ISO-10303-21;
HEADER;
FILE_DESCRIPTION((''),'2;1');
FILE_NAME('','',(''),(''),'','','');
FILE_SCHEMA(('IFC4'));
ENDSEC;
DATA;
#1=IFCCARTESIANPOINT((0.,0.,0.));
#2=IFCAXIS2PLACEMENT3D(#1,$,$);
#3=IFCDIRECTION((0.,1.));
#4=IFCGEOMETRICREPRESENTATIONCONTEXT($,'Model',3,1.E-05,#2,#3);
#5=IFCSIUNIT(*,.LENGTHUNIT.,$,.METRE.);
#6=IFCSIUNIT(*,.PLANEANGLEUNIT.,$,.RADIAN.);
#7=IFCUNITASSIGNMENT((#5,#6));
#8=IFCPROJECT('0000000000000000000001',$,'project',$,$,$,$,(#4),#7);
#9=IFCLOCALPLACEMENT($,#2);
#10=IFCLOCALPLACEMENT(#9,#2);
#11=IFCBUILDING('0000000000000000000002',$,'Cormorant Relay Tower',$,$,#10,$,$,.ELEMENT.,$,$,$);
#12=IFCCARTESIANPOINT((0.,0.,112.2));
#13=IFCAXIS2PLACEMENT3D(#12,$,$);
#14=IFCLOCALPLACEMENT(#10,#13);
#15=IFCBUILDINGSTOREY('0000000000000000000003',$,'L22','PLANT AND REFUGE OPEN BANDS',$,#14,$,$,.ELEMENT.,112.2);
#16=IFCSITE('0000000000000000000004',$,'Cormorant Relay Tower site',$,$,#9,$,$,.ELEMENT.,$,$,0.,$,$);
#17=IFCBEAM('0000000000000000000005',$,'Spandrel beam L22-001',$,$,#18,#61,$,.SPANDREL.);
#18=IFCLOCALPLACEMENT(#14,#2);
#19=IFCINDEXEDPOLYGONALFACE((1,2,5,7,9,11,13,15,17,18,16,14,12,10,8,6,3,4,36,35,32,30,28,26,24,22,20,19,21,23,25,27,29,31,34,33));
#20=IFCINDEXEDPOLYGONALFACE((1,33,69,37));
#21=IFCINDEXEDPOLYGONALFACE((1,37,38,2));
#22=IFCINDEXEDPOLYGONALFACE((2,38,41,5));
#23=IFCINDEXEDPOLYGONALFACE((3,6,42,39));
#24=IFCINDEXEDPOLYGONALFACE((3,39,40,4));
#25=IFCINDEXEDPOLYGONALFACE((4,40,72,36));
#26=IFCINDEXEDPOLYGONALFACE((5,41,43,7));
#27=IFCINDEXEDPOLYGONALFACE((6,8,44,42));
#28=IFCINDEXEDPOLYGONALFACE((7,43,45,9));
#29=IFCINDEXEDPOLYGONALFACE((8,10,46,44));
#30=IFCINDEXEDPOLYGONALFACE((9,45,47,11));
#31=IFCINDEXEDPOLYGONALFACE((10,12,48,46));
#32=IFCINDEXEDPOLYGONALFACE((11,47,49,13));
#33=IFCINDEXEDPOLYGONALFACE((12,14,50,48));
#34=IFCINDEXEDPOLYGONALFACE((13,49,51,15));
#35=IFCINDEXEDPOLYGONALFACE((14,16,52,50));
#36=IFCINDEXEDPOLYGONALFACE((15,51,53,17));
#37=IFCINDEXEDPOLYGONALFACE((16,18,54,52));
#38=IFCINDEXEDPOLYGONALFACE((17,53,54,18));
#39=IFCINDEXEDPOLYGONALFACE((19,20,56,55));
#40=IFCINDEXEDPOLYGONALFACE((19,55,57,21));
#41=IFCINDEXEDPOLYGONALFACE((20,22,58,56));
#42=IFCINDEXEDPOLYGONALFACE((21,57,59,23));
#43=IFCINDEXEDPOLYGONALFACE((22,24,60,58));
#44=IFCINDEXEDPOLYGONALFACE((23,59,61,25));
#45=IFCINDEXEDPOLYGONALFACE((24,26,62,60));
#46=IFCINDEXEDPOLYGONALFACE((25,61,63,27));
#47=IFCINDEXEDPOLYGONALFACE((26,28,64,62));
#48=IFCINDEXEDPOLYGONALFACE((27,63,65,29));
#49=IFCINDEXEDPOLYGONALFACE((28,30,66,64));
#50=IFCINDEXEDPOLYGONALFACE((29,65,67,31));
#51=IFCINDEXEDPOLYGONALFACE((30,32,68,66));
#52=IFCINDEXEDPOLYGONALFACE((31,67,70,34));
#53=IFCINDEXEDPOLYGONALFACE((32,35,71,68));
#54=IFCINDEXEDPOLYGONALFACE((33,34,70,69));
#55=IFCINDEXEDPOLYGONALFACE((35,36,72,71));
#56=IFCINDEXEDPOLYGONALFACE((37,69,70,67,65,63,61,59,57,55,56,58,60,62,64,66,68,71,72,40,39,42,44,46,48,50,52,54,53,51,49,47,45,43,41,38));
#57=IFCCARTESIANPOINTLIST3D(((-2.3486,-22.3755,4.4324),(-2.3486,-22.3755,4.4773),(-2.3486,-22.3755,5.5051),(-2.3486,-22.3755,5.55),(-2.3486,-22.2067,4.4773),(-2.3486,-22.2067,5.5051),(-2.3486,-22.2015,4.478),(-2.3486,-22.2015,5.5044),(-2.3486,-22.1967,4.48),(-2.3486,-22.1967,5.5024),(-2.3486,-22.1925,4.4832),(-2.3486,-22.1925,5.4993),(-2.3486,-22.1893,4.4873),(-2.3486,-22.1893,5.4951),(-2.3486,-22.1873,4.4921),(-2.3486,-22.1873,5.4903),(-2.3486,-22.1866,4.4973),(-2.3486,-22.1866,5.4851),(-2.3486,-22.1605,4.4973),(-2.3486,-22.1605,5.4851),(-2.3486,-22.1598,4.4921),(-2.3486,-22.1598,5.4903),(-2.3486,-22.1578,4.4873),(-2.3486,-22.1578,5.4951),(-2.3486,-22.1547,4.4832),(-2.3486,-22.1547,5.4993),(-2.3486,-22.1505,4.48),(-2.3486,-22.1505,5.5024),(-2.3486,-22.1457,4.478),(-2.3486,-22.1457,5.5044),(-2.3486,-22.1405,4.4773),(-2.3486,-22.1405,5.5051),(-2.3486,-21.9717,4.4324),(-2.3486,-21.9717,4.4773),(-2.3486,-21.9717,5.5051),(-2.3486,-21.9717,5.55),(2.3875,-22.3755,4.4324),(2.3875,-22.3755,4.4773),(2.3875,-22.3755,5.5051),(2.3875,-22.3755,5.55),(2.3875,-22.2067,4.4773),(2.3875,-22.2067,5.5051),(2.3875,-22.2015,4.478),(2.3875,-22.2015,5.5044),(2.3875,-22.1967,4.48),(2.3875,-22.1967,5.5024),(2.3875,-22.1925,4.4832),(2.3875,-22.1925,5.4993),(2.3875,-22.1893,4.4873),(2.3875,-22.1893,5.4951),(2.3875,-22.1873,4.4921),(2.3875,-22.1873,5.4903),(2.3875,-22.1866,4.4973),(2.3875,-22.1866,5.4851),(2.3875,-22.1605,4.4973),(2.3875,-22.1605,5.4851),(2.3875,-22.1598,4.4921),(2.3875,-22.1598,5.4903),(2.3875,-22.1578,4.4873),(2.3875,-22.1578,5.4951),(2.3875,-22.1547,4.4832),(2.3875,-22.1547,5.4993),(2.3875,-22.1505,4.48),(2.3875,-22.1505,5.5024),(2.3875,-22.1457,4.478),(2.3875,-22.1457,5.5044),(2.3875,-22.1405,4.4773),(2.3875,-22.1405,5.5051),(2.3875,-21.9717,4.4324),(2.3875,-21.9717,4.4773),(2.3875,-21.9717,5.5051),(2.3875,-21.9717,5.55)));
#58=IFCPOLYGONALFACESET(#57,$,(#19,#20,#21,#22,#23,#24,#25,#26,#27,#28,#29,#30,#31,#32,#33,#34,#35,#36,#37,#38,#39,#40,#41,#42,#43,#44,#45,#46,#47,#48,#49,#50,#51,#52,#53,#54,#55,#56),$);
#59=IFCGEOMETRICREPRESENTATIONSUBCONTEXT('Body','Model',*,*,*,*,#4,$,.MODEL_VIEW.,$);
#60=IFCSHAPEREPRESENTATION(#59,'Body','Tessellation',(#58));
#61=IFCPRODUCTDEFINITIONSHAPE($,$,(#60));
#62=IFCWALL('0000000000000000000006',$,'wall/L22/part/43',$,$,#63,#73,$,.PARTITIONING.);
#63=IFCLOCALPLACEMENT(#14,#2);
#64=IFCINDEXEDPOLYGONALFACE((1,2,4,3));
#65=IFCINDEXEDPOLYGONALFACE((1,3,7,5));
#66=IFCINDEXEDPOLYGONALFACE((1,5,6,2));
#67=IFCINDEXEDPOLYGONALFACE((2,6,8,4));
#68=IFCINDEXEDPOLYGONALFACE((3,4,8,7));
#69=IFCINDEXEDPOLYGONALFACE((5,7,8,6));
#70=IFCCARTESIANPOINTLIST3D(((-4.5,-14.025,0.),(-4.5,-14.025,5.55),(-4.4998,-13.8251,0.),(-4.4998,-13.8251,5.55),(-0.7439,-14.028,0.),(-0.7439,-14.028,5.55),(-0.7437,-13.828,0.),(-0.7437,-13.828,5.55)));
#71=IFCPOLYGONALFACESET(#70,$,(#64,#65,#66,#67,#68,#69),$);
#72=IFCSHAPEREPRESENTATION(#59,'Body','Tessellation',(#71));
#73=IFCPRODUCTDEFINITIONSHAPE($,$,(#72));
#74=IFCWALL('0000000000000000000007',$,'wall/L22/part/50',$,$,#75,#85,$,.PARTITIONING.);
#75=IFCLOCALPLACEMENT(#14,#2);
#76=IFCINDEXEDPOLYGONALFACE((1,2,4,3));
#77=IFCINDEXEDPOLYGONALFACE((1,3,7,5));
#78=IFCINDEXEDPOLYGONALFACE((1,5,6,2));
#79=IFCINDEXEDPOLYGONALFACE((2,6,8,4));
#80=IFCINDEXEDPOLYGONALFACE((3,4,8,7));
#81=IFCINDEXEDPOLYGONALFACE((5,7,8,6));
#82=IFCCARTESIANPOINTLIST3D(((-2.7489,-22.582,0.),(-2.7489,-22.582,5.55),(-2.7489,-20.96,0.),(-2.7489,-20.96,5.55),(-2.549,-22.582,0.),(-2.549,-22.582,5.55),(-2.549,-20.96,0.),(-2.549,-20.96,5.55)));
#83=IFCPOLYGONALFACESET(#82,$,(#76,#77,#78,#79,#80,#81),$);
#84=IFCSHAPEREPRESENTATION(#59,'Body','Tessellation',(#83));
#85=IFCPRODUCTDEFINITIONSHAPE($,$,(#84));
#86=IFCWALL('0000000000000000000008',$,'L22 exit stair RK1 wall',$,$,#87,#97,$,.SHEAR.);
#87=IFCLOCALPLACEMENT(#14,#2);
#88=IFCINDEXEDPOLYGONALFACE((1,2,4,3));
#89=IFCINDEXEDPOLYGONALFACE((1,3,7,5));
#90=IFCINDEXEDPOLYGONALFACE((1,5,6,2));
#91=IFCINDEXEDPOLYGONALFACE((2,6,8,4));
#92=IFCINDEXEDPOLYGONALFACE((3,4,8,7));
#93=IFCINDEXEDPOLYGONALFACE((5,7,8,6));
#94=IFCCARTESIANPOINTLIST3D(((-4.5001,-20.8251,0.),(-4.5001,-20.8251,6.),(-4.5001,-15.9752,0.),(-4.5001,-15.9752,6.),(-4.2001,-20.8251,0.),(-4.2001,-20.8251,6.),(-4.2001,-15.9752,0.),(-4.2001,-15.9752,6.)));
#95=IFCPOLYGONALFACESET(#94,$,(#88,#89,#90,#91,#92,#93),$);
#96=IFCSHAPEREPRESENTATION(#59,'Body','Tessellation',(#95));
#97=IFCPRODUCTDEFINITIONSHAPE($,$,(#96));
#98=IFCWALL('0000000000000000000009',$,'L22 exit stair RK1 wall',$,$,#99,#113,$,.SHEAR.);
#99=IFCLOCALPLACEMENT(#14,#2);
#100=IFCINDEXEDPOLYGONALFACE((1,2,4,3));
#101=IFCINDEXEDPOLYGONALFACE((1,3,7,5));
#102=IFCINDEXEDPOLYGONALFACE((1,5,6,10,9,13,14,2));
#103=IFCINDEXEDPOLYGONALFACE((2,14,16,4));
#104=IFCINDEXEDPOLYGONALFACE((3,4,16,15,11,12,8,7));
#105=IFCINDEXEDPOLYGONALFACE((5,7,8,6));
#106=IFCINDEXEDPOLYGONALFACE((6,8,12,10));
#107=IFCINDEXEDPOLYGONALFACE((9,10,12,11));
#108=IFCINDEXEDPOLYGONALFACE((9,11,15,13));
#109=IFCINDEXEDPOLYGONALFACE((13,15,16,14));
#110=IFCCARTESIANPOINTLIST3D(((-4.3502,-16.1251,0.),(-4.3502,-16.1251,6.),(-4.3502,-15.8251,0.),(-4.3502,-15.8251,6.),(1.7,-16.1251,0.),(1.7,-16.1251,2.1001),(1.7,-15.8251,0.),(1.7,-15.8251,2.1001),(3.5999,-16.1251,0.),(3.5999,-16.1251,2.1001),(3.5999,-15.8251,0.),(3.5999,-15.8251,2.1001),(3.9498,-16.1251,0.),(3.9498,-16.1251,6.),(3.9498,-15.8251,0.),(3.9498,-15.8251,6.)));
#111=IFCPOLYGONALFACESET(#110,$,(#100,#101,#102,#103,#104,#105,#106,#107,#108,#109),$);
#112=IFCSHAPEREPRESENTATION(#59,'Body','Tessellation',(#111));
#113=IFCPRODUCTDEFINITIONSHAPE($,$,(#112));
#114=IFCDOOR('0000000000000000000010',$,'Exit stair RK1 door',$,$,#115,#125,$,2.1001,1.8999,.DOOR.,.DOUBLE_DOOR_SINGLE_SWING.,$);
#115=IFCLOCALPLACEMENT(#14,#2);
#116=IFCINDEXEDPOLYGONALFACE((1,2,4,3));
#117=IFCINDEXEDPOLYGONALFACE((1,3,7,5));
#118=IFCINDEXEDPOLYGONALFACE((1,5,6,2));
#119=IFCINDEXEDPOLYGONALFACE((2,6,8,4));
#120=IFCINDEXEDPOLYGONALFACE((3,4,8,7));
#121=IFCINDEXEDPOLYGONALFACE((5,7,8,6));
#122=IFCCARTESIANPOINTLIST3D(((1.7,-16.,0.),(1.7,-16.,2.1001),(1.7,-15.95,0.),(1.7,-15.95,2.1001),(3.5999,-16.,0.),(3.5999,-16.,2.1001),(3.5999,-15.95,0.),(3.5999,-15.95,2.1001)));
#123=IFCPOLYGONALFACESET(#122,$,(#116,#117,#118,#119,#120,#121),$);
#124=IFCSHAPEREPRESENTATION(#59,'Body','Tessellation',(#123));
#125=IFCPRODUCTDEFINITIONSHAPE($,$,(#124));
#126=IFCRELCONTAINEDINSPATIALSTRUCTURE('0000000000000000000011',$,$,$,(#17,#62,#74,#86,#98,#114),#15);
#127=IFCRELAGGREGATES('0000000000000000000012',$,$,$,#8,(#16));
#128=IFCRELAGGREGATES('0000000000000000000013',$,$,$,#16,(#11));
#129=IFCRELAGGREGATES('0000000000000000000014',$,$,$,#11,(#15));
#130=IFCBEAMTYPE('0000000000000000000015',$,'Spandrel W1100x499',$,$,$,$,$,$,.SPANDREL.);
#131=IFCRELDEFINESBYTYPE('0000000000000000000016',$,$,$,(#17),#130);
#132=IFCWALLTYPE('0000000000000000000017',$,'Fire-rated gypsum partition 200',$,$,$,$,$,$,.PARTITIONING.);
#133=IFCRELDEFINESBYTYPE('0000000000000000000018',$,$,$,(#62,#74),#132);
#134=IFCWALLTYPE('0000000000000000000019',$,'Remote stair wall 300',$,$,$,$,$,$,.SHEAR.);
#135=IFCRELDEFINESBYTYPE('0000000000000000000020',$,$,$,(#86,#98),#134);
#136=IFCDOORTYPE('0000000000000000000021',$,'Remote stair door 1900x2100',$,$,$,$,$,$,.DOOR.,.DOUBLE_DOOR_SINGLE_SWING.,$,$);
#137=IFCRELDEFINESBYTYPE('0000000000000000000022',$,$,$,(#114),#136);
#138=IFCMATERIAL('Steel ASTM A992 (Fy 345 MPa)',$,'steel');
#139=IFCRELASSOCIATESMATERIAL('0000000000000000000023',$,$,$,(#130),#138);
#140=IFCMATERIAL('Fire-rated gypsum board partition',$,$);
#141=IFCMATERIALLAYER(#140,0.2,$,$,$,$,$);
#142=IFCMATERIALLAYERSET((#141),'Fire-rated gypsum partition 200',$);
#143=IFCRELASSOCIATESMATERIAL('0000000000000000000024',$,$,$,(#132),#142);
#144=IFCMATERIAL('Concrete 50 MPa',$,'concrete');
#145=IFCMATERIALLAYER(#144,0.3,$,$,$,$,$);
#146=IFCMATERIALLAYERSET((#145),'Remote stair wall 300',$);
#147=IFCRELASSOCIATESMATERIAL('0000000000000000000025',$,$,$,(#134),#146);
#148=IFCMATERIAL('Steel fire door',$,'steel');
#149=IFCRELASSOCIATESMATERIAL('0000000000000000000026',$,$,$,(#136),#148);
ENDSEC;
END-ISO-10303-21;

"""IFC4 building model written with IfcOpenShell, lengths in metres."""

from ifc_helpers import new_model, si_unit, direction, frame, frame_2d, origin, origin_2d, place, context, subcontext, project, spatial, rectangle, i_section, extrude, material, layer, layer_set, material_profile, profile_set, type_object, element, fill, save


model = new_model("IFC4")

# Units and contexts
model_context = context("Model", 3, precision=1e-05, world=origin(), true_north=direction((0.0, 1.0)))
body_context = subcontext(model_context, "Body", "Model", "MODEL_VIEW")
ifc_project = project(units=[si_unit("LENGTHUNIT", "METRE"), si_unit("PLANEANGLEUNIT", "RADIAN")], contexts=[model_context])

# Site, building, storey
site_placement = place(None, origin())
site = spatial("IfcSite", under=ifc_project, at=site_placement, Name="Cormorant Relay Tower site", CompositionType="ELEMENT", RefElevation=0.0)
building_placement = place(site_placement, origin())
building = spatial("IfcBuilding", under=site, at=building_placement, Name="Cormorant Relay Tower", CompositionType="ELEMENT")
storey_placement = place(building_placement, frame((0.0, 0.0, 112.2)))
storey = spatial("IfcBuildingStorey", under=building, at=storey_placement, Name="L22", Description="PLANT AND REFUGE OPEN BANDS", CompositionType="ELEMENT", Elevation=112.2)

# Beam
ifc_material_1 = material(Name="Steel ASTM A992 (Fy 345 MPa)", Category="steel")
ifc_material_profile_1 = material_profile(ifc_material_1, i_section(OverallWidth=0.4038, OverallDepth=1.1177, WebThickness=0.0261, FlangeThickness=0.0449, FilletRadius=0.02, at=origin_2d()), Name="W1100x499")
ifc_profile_set_1 = profile_set([ifc_material_profile_1], Name="Steel ASTM A992 (Fy 345 MPa)")
beam_type = type_object("IfcBeamType", Name="Spandrel W1100x499", PredefinedType="SPANDREL", material=ifc_profile_set_1)
beam_placement = place(storey_placement, frame((-2.3486, -22.1736, 4.9912), z_axis=(1.0, 0.0, 0.0), x_axis=(0.0, 1.0, 0.0)))
element("IfcBeam", 1, at=beam_placement, inside=storey, type_object=beam_type, Name="Spandrel beam L22-001", PredefinedType="SPANDREL", context=body_context, shape_type="SweptSolid", body=[
    extrude(i_section(OverallWidth=0.4038, OverallDepth=1.1177, WebThickness=0.0261, FlangeThickness=0.0449, FilletRadius=0.02, at=origin_2d()), origin(), (0.0, 0.0, 1.0), 4.7361),
])

# Walls
ifc_material_2 = material(Name="Fire-rated gypsum board partition")
ifc_layer_1 = layer(ifc_material_2, 0.2)
ifc_layer_set_1 = layer_set([ifc_layer_1], Name="Fire-rated gypsum partition 200")
wall_type_1 = type_object("IfcWallType", Name="Fire-rated gypsum partition 200", PredefinedType="PARTITIONING", material=ifc_layer_set_1)
wall_1_placement = place(storey_placement, frame((-0.7439, -13.928, 0.0), z_axis=(0.0, 0.0, 1.0), x_axis=(-1.0, 0.00078, 0.0)))
element("IfcWall", 2, at=wall_1_placement, inside=storey, type_object=wall_type_1, Name="wall/L22/part/43", PredefinedType="PARTITIONING", context=body_context, shape_type="SweptSolid", body=[
    extrude(rectangle(XDim=3.7561, YDim=0.2, at=frame_2d((1.8779, 0.0))), origin(), (0.0, 0.0, 1.0), 5.55),
])
wall_2_placement = place(storey_placement, frame((-2.6489, -20.96, 0.0), z_axis=(0.0, 0.0, 1.0), x_axis=(0.0, -1.0, 0.0)))
element("IfcWall", 3, at=wall_2_placement, inside=storey, type_object=wall_type_1, Name="wall/L22/part/50", PredefinedType="PARTITIONING", context=body_context, shape_type="SweptSolid", body=[
    extrude(rectangle(XDim=1.6221, YDim=0.2, at=frame_2d((0.811, 0.0))), origin(), (0.0, 0.0, 1.0), 5.55),
])
ifc_material_3 = material(Name="Concrete 50 MPa", Category="concrete")
ifc_layer_2 = layer(ifc_material_3, 0.3)
ifc_layer_set_2 = layer_set([ifc_layer_2], Name="Remote stair wall 300")
wall_type_2 = type_object("IfcWallType", Name="Remote stair wall 300", PredefinedType="SHEAR", material=ifc_layer_set_2)
wall_3_placement = place(storey_placement, frame((-4.3501, -20.825, 0.0), z_axis=(0.0, 0.0, 1.0), x_axis=(0.0, 1.0, 0.0)))
element("IfcWall", 4, at=wall_3_placement, inside=storey, type_object=wall_type_2, Name="L22 exit stair RK1 wall", PredefinedType="SHEAR", context=body_context, shape_type="SweptSolid", body=[
    extrude(rectangle(XDim=4.8499, YDim=0.3, at=frame_2d((2.4248, 0.0))), origin(), (0.0, 0.0, 1.0), 6.0),
])

# Wall, opening, door
wall_4_placement = place(storey_placement, frame((-4.3501, -15.9751, 0.0), z_axis=(0.0, 0.0, 1.0), x_axis=(1.0, 0.0, 0.0)))
wall_4 = element("IfcWall", 5, at=wall_4_placement, inside=storey, type_object=wall_type_2, Name="L22 exit stair RK1 wall", PredefinedType="SHEAR", context=body_context, shape_type="SweptSolid", body=[
    extrude(rectangle(XDim=8.3, YDim=0.3, at=frame_2d((4.1499, 0.0))), origin(), (0.0, 0.0, 1.0), 6.0),
])
opening_placement = place(wall_4_placement, frame((6.05, 0.0, 0.0)))
opening = element("IfcOpeningElement", 6, at=opening_placement, cuts=wall_4, PredefinedType="OPENING", context=body_context, shape_type="SweptSolid", body=[
    extrude(rectangle(XDim=1.8999, YDim=2.1001, at=frame_2d((0.95, 1.05))), frame((0.0, 0.1599, 0.0), z_axis=(0.0, -1.0, 0.0), x_axis=(1.0, 0.0, 0.0)), (0.0, 0.0, 1.0), 0.3201),
])
ifc_material_4 = material(Name="Steel fire door", Category="steel")
door_type = type_object("IfcDoorType", Name="Remote stair door 1900x2100", OperationType="DOUBLE_DOOR_SINGLE_SWING", PredefinedType="DOOR", material=ifc_material_4)
door_placement = place(opening_placement, frame((1.8999, 0.0, 0.0), z_axis=(0.0, 0.0, 1.0), x_axis=(-1.0, 0.0, 0.0)))
door = element("IfcDoor", 7, at=door_placement, inside=storey, type_object=door_type, Name="Exit stair RK1 door", OperationType="DOUBLE_DOOR_SINGLE_SWING", OverallHeight=2.1001, OverallWidth=1.8999, PredefinedType="DOOR", context=body_context, shape_type="SweptSolid", body=[
    extrude(rectangle(XDim=1.8999, YDim=2.1001, at=frame_2d((0.95, 1.05))), frame((0.0, 0.0249, 0.0), z_axis=(0.0, -1.0, 0.0), x_axis=(1.0, 0.0, 0.0)), (0.0, 0.0, 1.0), 0.05),
])
fill(opening, door)

save(model, "model.ifc")
